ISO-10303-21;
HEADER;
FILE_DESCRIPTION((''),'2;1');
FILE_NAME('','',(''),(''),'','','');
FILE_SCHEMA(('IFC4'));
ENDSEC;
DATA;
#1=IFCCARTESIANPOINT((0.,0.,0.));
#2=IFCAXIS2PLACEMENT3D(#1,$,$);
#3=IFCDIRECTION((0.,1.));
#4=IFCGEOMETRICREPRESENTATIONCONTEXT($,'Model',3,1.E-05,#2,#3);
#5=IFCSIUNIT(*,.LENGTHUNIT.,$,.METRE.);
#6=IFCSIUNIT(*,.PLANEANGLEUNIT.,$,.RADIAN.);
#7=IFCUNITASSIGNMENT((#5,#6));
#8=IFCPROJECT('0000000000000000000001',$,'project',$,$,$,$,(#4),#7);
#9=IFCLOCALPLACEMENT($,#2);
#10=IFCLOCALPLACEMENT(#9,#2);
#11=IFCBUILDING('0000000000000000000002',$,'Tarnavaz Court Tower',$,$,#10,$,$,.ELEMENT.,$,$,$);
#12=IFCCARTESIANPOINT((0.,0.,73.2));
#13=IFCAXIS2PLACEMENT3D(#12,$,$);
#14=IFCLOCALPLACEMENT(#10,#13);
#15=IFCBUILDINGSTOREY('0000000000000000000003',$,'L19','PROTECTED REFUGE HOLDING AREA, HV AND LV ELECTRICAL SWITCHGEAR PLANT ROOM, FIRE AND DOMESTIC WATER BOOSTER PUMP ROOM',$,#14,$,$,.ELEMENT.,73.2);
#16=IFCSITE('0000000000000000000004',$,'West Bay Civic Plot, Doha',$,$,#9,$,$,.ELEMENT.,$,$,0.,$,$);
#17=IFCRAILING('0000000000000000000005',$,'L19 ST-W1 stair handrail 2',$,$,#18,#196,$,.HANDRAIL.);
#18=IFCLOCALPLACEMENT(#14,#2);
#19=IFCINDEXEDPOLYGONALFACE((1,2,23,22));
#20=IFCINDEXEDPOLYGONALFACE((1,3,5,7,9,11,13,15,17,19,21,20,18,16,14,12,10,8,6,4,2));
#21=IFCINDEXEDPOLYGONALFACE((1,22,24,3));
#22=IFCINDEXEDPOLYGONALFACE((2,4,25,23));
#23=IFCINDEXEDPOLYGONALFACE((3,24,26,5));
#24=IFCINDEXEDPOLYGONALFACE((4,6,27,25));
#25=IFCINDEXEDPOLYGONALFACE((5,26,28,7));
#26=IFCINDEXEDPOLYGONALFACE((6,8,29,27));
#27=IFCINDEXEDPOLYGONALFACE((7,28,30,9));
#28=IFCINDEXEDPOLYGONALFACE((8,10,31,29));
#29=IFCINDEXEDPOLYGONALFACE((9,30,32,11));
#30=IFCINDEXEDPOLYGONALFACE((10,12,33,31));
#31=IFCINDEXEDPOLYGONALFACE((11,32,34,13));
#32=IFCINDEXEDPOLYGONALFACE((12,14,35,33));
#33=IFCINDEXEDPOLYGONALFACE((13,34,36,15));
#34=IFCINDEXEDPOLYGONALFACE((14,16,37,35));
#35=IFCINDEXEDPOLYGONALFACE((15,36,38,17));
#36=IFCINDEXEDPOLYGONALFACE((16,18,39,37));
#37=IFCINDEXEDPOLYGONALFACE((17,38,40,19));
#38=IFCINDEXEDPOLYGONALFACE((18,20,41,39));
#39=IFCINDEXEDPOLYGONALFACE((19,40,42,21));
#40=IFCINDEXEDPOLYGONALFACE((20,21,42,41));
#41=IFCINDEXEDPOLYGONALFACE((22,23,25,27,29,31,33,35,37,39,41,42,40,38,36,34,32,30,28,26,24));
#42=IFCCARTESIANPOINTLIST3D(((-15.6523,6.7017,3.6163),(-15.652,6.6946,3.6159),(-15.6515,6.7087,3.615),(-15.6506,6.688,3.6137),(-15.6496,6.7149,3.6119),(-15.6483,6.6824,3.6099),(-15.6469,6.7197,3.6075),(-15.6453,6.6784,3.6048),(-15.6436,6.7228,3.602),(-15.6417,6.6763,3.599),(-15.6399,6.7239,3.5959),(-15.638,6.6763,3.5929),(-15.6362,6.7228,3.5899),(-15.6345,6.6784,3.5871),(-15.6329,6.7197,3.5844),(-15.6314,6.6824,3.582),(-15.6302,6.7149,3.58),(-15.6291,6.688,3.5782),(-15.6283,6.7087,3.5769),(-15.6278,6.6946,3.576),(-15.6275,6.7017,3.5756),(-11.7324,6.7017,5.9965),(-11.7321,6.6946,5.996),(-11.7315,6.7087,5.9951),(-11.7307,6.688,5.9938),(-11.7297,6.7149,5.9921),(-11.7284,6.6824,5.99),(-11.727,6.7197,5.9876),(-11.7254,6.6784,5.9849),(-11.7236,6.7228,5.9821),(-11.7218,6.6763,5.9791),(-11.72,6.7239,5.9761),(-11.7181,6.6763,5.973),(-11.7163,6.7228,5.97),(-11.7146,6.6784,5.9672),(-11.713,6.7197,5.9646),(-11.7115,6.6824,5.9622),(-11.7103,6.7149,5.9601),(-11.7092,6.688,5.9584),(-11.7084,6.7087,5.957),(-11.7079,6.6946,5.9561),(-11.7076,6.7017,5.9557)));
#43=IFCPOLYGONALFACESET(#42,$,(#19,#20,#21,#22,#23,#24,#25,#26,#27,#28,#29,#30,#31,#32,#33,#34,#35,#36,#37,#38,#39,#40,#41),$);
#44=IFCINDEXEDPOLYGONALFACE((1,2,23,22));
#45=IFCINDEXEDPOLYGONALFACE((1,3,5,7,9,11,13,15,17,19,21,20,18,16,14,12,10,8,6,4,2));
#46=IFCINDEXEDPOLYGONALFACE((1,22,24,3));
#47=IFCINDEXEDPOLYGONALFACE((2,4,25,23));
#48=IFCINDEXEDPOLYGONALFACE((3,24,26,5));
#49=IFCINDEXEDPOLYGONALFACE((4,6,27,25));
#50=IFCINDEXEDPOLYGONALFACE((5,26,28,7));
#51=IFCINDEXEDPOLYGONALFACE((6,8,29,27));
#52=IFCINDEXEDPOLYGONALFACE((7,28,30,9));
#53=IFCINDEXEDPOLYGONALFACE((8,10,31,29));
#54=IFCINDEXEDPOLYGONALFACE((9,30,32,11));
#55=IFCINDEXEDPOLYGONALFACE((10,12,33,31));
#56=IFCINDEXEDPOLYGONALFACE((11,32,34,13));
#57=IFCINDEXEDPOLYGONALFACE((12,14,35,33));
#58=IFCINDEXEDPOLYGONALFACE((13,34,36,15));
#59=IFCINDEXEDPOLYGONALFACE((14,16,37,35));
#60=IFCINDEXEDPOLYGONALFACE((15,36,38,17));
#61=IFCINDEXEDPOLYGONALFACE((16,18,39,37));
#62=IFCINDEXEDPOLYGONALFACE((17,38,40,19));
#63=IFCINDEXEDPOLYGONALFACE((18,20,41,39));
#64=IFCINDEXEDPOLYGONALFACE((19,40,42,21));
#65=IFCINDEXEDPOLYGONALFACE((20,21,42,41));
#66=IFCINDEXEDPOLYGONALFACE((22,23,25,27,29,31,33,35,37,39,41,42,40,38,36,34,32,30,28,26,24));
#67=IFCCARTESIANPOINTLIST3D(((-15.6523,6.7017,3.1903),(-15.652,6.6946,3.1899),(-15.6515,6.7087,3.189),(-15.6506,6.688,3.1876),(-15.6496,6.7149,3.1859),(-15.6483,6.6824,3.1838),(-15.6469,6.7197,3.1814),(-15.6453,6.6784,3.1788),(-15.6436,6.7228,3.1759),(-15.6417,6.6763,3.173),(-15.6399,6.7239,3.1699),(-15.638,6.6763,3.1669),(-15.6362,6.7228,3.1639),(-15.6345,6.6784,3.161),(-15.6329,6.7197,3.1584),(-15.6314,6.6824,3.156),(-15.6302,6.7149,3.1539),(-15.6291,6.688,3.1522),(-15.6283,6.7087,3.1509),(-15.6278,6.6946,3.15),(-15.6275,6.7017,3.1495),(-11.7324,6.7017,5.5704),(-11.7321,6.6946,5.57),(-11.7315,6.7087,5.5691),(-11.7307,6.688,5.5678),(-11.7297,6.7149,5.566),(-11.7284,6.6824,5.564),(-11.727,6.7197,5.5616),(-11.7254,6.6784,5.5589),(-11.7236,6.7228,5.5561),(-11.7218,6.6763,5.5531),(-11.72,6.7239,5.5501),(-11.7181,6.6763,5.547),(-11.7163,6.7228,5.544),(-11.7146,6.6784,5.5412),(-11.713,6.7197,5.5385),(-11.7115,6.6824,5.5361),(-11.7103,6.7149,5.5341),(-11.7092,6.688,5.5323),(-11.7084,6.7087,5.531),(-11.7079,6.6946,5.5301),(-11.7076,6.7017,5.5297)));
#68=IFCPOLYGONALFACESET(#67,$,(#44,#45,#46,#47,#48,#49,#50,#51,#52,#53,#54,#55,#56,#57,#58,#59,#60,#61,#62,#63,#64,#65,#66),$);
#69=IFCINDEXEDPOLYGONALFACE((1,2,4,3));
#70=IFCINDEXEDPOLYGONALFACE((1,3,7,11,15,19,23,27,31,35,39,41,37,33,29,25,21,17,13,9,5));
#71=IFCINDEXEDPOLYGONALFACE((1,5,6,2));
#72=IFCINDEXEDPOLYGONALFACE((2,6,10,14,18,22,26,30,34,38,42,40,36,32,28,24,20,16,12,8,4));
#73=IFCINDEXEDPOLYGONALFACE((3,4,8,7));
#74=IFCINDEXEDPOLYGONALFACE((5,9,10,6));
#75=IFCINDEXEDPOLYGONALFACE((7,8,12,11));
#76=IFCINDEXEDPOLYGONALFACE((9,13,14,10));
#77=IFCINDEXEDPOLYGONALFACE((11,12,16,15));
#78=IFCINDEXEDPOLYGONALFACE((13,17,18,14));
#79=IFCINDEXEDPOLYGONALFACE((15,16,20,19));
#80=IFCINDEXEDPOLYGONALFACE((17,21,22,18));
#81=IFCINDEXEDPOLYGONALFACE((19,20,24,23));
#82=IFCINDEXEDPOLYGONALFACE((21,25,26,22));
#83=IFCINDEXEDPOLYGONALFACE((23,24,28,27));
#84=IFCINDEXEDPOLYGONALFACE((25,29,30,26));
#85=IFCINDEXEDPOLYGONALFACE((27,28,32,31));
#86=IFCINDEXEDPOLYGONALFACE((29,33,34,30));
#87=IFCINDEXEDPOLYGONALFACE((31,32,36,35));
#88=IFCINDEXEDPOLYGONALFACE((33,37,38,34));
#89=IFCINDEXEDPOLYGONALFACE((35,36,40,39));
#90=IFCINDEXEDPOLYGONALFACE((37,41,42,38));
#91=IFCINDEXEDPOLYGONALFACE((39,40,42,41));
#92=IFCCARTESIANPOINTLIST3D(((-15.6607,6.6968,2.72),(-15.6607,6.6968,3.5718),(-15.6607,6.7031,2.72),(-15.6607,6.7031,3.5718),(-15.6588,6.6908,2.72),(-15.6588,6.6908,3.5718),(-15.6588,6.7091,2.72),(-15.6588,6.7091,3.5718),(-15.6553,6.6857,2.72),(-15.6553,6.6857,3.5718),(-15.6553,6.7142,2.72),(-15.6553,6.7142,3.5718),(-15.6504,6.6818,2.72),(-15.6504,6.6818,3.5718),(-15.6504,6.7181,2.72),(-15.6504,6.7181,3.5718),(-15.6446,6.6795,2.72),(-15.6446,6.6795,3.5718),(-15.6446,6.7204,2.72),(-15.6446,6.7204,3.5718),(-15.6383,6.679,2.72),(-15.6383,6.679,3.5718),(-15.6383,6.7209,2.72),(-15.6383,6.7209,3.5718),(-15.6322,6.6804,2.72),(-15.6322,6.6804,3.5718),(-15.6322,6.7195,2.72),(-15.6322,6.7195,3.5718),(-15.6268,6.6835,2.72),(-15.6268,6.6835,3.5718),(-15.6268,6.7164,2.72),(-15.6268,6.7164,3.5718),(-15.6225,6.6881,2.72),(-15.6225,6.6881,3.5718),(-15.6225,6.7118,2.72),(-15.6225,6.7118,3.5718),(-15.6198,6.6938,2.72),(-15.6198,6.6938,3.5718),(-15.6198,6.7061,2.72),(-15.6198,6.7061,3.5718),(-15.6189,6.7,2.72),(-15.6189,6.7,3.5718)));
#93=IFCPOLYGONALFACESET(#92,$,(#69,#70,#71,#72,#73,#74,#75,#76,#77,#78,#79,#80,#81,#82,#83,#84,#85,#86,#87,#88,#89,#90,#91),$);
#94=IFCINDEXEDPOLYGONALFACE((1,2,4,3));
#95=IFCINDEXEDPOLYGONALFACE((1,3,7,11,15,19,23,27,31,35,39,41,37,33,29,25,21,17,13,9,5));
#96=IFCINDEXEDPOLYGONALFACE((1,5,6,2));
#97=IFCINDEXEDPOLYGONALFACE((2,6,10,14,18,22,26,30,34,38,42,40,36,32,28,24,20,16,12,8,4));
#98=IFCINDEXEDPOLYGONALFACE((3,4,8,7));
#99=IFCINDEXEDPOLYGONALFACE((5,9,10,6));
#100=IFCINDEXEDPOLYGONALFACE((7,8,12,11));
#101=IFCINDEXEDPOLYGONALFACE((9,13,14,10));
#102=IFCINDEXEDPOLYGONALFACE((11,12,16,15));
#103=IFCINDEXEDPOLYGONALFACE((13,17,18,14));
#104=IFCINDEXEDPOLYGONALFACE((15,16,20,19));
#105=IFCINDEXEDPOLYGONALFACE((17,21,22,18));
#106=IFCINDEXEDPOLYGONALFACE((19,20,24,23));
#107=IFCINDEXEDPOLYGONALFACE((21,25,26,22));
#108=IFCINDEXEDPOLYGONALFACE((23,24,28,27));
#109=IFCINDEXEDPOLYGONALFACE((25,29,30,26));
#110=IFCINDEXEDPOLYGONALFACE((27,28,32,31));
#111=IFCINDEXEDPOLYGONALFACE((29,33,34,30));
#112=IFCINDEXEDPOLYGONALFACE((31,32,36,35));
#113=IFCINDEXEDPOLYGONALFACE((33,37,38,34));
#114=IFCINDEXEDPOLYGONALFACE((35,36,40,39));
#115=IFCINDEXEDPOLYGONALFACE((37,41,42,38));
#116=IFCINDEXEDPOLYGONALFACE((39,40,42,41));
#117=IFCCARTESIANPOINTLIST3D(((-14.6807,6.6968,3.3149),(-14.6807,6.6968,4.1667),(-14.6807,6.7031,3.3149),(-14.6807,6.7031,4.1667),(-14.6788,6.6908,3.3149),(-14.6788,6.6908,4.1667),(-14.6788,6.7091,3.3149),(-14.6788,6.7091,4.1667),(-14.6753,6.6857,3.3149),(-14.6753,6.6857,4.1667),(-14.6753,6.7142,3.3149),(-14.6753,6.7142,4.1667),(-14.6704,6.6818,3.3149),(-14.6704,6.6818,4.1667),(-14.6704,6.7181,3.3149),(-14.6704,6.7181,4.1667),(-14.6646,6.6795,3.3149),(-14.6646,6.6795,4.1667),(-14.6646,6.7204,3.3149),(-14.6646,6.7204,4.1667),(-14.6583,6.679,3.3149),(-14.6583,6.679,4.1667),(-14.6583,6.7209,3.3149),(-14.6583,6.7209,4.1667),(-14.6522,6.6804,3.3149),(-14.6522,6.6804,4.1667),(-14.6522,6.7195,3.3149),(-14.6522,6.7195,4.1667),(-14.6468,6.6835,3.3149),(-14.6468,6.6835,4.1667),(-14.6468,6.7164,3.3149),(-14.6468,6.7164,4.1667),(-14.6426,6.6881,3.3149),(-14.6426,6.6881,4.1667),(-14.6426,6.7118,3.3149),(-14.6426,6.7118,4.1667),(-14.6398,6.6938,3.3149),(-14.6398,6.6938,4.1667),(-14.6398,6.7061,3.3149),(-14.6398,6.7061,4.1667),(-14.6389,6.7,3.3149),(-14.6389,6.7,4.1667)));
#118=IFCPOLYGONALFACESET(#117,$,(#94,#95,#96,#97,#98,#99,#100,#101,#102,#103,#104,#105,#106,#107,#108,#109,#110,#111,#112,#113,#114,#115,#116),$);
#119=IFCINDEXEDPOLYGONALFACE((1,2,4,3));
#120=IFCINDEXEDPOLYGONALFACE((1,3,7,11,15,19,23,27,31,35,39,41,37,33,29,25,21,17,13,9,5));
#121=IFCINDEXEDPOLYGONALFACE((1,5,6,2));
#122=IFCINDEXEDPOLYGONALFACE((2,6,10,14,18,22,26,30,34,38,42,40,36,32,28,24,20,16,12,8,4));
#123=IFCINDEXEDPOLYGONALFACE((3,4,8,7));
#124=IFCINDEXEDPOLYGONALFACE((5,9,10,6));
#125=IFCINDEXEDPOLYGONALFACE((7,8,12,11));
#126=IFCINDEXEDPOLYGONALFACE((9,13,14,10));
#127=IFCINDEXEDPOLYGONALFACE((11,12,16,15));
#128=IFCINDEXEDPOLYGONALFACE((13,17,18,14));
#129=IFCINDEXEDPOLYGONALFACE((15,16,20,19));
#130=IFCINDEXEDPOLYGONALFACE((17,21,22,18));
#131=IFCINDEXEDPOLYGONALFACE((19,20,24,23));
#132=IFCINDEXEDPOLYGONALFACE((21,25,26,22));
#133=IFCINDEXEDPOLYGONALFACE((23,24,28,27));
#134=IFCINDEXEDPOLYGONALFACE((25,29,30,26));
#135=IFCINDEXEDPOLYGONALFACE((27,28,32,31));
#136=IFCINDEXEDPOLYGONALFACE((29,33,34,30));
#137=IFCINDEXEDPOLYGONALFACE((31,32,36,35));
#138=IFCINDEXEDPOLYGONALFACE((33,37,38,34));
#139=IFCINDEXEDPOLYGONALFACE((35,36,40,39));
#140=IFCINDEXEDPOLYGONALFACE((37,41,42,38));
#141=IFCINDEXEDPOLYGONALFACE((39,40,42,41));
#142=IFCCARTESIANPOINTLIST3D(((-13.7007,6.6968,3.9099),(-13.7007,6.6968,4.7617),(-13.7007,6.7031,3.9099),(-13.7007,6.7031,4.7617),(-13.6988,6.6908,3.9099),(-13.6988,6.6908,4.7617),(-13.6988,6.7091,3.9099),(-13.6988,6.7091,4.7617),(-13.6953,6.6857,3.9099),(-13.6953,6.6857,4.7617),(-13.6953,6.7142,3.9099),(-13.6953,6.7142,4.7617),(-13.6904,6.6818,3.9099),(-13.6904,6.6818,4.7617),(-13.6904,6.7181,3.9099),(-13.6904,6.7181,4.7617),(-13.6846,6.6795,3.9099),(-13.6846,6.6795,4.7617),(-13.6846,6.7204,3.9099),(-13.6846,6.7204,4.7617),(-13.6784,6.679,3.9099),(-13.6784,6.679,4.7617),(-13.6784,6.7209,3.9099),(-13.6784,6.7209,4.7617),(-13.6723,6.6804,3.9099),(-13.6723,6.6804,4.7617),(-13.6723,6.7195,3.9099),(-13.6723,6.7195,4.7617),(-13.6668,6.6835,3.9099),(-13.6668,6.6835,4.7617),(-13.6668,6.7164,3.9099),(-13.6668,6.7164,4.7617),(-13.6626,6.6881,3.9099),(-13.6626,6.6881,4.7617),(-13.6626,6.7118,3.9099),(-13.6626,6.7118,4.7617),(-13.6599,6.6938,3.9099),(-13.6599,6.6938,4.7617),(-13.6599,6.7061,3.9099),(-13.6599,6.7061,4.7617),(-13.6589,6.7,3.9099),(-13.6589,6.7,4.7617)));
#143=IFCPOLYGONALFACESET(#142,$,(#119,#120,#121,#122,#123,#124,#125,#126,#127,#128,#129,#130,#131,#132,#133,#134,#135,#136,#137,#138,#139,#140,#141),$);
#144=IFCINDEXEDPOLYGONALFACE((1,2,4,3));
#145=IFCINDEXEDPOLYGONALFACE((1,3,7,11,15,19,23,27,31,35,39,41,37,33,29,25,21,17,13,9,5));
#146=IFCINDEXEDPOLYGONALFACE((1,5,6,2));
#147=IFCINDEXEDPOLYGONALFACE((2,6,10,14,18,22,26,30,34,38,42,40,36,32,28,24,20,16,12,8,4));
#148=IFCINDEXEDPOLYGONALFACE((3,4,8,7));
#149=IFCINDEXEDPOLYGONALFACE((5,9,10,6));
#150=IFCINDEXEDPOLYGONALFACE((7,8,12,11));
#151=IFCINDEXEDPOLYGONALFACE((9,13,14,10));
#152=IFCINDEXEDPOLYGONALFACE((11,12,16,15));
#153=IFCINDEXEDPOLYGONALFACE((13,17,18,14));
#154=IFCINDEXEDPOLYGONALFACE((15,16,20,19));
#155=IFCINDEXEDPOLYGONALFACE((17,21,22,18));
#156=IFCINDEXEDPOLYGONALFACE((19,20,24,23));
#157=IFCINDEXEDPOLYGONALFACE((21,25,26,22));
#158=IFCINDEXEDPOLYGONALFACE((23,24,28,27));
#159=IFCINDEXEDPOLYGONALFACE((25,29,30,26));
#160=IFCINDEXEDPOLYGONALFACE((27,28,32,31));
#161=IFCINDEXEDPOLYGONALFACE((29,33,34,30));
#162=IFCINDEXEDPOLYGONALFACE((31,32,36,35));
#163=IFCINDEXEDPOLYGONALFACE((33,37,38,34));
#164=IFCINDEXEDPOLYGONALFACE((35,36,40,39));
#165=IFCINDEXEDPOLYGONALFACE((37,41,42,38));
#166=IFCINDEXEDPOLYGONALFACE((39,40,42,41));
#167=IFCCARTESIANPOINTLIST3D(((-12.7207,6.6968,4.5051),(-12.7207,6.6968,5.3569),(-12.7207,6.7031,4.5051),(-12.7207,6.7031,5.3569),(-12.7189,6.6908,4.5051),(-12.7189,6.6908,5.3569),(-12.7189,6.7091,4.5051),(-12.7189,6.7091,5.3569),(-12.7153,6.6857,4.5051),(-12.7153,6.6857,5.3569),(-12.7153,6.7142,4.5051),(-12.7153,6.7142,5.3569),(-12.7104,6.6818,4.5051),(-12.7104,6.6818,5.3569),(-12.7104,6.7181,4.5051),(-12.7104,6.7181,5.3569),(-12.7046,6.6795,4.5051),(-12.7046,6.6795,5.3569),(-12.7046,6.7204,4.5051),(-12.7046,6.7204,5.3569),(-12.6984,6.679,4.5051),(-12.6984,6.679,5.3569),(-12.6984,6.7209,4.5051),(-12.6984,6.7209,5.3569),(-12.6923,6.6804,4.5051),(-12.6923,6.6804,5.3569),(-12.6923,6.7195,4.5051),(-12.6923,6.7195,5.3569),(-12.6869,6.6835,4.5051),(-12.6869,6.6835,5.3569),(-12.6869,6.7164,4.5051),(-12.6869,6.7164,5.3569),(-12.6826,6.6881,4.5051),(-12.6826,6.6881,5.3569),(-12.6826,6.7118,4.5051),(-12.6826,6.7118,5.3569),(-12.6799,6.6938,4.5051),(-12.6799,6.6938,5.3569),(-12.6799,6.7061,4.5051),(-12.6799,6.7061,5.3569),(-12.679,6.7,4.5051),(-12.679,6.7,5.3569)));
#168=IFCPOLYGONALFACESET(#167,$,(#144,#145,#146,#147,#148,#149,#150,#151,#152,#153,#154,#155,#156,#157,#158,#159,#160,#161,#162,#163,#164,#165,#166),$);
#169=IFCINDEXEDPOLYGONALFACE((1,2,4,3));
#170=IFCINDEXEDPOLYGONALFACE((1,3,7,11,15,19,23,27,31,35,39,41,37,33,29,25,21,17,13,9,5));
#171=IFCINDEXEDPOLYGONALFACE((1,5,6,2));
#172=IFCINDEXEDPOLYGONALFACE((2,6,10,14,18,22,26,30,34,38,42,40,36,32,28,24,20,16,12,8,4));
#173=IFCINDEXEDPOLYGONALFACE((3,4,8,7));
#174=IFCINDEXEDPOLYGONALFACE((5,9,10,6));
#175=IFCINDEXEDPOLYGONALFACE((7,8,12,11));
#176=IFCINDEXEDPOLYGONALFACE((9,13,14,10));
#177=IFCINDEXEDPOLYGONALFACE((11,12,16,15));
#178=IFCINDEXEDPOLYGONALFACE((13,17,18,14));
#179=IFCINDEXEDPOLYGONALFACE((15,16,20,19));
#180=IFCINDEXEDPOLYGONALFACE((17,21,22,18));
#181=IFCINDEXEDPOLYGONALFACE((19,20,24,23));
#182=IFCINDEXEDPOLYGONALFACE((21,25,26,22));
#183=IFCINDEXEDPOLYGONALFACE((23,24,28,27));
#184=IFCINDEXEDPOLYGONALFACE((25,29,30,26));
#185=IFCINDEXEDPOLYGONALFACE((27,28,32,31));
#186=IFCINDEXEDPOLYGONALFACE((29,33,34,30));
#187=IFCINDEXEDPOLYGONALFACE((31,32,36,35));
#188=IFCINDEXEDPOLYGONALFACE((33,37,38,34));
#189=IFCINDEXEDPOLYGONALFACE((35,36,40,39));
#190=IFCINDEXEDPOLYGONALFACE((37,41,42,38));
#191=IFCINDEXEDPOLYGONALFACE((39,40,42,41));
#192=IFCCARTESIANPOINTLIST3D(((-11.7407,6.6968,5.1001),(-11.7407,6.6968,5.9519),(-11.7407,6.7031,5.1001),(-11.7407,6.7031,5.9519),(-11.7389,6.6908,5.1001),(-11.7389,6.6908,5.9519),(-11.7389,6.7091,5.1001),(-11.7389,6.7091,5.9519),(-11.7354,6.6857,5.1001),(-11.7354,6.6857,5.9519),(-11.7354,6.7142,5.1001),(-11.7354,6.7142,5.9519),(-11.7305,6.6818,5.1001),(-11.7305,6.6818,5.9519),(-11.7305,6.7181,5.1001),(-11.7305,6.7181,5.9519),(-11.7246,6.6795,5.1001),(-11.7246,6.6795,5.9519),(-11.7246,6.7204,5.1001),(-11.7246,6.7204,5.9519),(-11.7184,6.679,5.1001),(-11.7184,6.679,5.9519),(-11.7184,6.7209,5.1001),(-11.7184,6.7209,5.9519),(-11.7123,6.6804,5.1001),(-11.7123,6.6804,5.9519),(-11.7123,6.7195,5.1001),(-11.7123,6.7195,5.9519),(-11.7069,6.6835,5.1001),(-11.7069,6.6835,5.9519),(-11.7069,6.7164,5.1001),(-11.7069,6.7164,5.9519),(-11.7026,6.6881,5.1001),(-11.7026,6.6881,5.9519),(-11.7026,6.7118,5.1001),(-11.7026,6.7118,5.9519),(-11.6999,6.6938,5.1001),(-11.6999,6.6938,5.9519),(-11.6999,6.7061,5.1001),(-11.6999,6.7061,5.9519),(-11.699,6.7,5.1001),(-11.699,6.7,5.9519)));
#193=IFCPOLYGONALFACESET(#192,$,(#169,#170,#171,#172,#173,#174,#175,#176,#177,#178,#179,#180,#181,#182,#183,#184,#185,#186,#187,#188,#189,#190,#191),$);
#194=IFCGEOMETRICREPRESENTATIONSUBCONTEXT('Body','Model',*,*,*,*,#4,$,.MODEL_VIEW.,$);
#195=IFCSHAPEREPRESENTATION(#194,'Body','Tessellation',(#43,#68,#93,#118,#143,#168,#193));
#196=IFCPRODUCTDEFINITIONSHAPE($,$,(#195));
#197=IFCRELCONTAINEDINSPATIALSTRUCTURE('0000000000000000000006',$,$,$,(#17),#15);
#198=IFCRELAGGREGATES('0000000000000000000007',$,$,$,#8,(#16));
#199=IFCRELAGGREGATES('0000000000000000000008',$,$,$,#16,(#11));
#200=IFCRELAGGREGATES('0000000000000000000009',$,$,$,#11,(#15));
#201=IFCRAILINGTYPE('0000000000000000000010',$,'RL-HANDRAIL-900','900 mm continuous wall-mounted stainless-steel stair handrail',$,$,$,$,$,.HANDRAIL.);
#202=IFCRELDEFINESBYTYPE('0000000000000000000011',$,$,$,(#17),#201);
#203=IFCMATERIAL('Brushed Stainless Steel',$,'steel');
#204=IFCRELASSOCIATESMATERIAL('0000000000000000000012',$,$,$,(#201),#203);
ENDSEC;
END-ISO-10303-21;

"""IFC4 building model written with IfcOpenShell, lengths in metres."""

from ifc_helpers import new_model, si_unit, direction, frame, origin, origin_2d, place, context, subcontext, project, spatial, circle, extrude, material, type_object, element, save


model = new_model("IFC4")

# Units and contexts
model_context = context("Model", 3, precision=1e-05, world=origin(), true_north=direction((0.0, 1.0)))
body_context = subcontext(model_context, "Body", "Model", "MODEL_VIEW")
ifc_project = project(units=[si_unit("LENGTHUNIT", "METRE"), si_unit("PLANEANGLEUNIT", "RADIAN")], contexts=[model_context])

# Site, building, storey
site_placement = place(None, origin())
site = spatial("IfcSite", under=ifc_project, at=site_placement, Name="West Bay Civic Plot, Doha", CompositionType="ELEMENT", RefElevation=0.0)
building_placement = place(site_placement, origin())
building = spatial("IfcBuilding", under=site, at=building_placement, Name="Tarnavaz Court Tower", CompositionType="ELEMENT")
storey_placement = place(building_placement, frame((0.0, 0.0, 73.2)))
storey = spatial("IfcBuildingStorey", under=building, at=storey_placement, Name="L19", Description="PROTECTED REFUGE HOLDING AREA, HV AND LV ELECTRICAL SWITCHGEAR PLANT ROOM, FIRE AND DOMESTIC WATER BOOSTER PUMP ROOM", CompositionType="ELEMENT", Elevation=73.2)

# Railing
ifc_material_1 = material(Name="Brushed Stainless Steel", Category="steel")
railing_type_1 = type_object("IfcRailingType", Name="RL-HANDRAIL-900", Description="900 mm continuous wall-mounted stainless-steel stair handrail", PredefinedType="HANDRAIL", material=ifc_material_1)
railing_1_placement = place(storey_placement, frame((-15.6399, 6.7, 2.72)))
element("IfcRailing", 1, at=railing_1_placement, inside=storey, type_object=railing_type_1, Name="L19 ST-W1 stair handrail 2", PredefinedType="HANDRAIL", context=body_context, shape_type="SweptSolid", body=[
    extrude(circle(Radius=0.0239, at=origin_2d()), frame((0.0, 0.0, 0.876), z_axis=(0.854771, 0.0, 0.519006), x_axis=(0.0, 1.0, 0.0)), (0.0, 0.0, 1.0), 4.5859),
    extrude(circle(Radius=0.0239, at=origin_2d()), frame((0.0, 0.0, 0.45), z_axis=(0.854771, 0.0, 0.519006), x_axis=(0.0, 1.0, 0.0)), (0.0, 0.0, 1.0), 4.5859),
    extrude(circle(Radius=0.021, at=origin_2d()), origin(), (0.0, 0.0, 1.0), 0.8518),
    extrude(circle(Radius=0.021, at=origin_2d()), frame((0.98, 0.0, 0.595)), (0.0, 0.0, 1.0), 0.8518),
    extrude(circle(Radius=0.021, at=origin_2d()), frame((1.96, 0.0, 1.1899)), (0.0, 0.0, 1.0), 0.8518),
    extrude(circle(Radius=0.021, at=origin_2d()), frame((2.9399, 0.0, 1.7852)), (0.0, 0.0, 1.0), 0.8518),
    extrude(circle(Radius=0.021, at=origin_2d()), frame((3.9199, 0.0, 2.3801)), (0.0, 0.0, 1.0), 0.8518),
])

save(model, "model.ifc")
